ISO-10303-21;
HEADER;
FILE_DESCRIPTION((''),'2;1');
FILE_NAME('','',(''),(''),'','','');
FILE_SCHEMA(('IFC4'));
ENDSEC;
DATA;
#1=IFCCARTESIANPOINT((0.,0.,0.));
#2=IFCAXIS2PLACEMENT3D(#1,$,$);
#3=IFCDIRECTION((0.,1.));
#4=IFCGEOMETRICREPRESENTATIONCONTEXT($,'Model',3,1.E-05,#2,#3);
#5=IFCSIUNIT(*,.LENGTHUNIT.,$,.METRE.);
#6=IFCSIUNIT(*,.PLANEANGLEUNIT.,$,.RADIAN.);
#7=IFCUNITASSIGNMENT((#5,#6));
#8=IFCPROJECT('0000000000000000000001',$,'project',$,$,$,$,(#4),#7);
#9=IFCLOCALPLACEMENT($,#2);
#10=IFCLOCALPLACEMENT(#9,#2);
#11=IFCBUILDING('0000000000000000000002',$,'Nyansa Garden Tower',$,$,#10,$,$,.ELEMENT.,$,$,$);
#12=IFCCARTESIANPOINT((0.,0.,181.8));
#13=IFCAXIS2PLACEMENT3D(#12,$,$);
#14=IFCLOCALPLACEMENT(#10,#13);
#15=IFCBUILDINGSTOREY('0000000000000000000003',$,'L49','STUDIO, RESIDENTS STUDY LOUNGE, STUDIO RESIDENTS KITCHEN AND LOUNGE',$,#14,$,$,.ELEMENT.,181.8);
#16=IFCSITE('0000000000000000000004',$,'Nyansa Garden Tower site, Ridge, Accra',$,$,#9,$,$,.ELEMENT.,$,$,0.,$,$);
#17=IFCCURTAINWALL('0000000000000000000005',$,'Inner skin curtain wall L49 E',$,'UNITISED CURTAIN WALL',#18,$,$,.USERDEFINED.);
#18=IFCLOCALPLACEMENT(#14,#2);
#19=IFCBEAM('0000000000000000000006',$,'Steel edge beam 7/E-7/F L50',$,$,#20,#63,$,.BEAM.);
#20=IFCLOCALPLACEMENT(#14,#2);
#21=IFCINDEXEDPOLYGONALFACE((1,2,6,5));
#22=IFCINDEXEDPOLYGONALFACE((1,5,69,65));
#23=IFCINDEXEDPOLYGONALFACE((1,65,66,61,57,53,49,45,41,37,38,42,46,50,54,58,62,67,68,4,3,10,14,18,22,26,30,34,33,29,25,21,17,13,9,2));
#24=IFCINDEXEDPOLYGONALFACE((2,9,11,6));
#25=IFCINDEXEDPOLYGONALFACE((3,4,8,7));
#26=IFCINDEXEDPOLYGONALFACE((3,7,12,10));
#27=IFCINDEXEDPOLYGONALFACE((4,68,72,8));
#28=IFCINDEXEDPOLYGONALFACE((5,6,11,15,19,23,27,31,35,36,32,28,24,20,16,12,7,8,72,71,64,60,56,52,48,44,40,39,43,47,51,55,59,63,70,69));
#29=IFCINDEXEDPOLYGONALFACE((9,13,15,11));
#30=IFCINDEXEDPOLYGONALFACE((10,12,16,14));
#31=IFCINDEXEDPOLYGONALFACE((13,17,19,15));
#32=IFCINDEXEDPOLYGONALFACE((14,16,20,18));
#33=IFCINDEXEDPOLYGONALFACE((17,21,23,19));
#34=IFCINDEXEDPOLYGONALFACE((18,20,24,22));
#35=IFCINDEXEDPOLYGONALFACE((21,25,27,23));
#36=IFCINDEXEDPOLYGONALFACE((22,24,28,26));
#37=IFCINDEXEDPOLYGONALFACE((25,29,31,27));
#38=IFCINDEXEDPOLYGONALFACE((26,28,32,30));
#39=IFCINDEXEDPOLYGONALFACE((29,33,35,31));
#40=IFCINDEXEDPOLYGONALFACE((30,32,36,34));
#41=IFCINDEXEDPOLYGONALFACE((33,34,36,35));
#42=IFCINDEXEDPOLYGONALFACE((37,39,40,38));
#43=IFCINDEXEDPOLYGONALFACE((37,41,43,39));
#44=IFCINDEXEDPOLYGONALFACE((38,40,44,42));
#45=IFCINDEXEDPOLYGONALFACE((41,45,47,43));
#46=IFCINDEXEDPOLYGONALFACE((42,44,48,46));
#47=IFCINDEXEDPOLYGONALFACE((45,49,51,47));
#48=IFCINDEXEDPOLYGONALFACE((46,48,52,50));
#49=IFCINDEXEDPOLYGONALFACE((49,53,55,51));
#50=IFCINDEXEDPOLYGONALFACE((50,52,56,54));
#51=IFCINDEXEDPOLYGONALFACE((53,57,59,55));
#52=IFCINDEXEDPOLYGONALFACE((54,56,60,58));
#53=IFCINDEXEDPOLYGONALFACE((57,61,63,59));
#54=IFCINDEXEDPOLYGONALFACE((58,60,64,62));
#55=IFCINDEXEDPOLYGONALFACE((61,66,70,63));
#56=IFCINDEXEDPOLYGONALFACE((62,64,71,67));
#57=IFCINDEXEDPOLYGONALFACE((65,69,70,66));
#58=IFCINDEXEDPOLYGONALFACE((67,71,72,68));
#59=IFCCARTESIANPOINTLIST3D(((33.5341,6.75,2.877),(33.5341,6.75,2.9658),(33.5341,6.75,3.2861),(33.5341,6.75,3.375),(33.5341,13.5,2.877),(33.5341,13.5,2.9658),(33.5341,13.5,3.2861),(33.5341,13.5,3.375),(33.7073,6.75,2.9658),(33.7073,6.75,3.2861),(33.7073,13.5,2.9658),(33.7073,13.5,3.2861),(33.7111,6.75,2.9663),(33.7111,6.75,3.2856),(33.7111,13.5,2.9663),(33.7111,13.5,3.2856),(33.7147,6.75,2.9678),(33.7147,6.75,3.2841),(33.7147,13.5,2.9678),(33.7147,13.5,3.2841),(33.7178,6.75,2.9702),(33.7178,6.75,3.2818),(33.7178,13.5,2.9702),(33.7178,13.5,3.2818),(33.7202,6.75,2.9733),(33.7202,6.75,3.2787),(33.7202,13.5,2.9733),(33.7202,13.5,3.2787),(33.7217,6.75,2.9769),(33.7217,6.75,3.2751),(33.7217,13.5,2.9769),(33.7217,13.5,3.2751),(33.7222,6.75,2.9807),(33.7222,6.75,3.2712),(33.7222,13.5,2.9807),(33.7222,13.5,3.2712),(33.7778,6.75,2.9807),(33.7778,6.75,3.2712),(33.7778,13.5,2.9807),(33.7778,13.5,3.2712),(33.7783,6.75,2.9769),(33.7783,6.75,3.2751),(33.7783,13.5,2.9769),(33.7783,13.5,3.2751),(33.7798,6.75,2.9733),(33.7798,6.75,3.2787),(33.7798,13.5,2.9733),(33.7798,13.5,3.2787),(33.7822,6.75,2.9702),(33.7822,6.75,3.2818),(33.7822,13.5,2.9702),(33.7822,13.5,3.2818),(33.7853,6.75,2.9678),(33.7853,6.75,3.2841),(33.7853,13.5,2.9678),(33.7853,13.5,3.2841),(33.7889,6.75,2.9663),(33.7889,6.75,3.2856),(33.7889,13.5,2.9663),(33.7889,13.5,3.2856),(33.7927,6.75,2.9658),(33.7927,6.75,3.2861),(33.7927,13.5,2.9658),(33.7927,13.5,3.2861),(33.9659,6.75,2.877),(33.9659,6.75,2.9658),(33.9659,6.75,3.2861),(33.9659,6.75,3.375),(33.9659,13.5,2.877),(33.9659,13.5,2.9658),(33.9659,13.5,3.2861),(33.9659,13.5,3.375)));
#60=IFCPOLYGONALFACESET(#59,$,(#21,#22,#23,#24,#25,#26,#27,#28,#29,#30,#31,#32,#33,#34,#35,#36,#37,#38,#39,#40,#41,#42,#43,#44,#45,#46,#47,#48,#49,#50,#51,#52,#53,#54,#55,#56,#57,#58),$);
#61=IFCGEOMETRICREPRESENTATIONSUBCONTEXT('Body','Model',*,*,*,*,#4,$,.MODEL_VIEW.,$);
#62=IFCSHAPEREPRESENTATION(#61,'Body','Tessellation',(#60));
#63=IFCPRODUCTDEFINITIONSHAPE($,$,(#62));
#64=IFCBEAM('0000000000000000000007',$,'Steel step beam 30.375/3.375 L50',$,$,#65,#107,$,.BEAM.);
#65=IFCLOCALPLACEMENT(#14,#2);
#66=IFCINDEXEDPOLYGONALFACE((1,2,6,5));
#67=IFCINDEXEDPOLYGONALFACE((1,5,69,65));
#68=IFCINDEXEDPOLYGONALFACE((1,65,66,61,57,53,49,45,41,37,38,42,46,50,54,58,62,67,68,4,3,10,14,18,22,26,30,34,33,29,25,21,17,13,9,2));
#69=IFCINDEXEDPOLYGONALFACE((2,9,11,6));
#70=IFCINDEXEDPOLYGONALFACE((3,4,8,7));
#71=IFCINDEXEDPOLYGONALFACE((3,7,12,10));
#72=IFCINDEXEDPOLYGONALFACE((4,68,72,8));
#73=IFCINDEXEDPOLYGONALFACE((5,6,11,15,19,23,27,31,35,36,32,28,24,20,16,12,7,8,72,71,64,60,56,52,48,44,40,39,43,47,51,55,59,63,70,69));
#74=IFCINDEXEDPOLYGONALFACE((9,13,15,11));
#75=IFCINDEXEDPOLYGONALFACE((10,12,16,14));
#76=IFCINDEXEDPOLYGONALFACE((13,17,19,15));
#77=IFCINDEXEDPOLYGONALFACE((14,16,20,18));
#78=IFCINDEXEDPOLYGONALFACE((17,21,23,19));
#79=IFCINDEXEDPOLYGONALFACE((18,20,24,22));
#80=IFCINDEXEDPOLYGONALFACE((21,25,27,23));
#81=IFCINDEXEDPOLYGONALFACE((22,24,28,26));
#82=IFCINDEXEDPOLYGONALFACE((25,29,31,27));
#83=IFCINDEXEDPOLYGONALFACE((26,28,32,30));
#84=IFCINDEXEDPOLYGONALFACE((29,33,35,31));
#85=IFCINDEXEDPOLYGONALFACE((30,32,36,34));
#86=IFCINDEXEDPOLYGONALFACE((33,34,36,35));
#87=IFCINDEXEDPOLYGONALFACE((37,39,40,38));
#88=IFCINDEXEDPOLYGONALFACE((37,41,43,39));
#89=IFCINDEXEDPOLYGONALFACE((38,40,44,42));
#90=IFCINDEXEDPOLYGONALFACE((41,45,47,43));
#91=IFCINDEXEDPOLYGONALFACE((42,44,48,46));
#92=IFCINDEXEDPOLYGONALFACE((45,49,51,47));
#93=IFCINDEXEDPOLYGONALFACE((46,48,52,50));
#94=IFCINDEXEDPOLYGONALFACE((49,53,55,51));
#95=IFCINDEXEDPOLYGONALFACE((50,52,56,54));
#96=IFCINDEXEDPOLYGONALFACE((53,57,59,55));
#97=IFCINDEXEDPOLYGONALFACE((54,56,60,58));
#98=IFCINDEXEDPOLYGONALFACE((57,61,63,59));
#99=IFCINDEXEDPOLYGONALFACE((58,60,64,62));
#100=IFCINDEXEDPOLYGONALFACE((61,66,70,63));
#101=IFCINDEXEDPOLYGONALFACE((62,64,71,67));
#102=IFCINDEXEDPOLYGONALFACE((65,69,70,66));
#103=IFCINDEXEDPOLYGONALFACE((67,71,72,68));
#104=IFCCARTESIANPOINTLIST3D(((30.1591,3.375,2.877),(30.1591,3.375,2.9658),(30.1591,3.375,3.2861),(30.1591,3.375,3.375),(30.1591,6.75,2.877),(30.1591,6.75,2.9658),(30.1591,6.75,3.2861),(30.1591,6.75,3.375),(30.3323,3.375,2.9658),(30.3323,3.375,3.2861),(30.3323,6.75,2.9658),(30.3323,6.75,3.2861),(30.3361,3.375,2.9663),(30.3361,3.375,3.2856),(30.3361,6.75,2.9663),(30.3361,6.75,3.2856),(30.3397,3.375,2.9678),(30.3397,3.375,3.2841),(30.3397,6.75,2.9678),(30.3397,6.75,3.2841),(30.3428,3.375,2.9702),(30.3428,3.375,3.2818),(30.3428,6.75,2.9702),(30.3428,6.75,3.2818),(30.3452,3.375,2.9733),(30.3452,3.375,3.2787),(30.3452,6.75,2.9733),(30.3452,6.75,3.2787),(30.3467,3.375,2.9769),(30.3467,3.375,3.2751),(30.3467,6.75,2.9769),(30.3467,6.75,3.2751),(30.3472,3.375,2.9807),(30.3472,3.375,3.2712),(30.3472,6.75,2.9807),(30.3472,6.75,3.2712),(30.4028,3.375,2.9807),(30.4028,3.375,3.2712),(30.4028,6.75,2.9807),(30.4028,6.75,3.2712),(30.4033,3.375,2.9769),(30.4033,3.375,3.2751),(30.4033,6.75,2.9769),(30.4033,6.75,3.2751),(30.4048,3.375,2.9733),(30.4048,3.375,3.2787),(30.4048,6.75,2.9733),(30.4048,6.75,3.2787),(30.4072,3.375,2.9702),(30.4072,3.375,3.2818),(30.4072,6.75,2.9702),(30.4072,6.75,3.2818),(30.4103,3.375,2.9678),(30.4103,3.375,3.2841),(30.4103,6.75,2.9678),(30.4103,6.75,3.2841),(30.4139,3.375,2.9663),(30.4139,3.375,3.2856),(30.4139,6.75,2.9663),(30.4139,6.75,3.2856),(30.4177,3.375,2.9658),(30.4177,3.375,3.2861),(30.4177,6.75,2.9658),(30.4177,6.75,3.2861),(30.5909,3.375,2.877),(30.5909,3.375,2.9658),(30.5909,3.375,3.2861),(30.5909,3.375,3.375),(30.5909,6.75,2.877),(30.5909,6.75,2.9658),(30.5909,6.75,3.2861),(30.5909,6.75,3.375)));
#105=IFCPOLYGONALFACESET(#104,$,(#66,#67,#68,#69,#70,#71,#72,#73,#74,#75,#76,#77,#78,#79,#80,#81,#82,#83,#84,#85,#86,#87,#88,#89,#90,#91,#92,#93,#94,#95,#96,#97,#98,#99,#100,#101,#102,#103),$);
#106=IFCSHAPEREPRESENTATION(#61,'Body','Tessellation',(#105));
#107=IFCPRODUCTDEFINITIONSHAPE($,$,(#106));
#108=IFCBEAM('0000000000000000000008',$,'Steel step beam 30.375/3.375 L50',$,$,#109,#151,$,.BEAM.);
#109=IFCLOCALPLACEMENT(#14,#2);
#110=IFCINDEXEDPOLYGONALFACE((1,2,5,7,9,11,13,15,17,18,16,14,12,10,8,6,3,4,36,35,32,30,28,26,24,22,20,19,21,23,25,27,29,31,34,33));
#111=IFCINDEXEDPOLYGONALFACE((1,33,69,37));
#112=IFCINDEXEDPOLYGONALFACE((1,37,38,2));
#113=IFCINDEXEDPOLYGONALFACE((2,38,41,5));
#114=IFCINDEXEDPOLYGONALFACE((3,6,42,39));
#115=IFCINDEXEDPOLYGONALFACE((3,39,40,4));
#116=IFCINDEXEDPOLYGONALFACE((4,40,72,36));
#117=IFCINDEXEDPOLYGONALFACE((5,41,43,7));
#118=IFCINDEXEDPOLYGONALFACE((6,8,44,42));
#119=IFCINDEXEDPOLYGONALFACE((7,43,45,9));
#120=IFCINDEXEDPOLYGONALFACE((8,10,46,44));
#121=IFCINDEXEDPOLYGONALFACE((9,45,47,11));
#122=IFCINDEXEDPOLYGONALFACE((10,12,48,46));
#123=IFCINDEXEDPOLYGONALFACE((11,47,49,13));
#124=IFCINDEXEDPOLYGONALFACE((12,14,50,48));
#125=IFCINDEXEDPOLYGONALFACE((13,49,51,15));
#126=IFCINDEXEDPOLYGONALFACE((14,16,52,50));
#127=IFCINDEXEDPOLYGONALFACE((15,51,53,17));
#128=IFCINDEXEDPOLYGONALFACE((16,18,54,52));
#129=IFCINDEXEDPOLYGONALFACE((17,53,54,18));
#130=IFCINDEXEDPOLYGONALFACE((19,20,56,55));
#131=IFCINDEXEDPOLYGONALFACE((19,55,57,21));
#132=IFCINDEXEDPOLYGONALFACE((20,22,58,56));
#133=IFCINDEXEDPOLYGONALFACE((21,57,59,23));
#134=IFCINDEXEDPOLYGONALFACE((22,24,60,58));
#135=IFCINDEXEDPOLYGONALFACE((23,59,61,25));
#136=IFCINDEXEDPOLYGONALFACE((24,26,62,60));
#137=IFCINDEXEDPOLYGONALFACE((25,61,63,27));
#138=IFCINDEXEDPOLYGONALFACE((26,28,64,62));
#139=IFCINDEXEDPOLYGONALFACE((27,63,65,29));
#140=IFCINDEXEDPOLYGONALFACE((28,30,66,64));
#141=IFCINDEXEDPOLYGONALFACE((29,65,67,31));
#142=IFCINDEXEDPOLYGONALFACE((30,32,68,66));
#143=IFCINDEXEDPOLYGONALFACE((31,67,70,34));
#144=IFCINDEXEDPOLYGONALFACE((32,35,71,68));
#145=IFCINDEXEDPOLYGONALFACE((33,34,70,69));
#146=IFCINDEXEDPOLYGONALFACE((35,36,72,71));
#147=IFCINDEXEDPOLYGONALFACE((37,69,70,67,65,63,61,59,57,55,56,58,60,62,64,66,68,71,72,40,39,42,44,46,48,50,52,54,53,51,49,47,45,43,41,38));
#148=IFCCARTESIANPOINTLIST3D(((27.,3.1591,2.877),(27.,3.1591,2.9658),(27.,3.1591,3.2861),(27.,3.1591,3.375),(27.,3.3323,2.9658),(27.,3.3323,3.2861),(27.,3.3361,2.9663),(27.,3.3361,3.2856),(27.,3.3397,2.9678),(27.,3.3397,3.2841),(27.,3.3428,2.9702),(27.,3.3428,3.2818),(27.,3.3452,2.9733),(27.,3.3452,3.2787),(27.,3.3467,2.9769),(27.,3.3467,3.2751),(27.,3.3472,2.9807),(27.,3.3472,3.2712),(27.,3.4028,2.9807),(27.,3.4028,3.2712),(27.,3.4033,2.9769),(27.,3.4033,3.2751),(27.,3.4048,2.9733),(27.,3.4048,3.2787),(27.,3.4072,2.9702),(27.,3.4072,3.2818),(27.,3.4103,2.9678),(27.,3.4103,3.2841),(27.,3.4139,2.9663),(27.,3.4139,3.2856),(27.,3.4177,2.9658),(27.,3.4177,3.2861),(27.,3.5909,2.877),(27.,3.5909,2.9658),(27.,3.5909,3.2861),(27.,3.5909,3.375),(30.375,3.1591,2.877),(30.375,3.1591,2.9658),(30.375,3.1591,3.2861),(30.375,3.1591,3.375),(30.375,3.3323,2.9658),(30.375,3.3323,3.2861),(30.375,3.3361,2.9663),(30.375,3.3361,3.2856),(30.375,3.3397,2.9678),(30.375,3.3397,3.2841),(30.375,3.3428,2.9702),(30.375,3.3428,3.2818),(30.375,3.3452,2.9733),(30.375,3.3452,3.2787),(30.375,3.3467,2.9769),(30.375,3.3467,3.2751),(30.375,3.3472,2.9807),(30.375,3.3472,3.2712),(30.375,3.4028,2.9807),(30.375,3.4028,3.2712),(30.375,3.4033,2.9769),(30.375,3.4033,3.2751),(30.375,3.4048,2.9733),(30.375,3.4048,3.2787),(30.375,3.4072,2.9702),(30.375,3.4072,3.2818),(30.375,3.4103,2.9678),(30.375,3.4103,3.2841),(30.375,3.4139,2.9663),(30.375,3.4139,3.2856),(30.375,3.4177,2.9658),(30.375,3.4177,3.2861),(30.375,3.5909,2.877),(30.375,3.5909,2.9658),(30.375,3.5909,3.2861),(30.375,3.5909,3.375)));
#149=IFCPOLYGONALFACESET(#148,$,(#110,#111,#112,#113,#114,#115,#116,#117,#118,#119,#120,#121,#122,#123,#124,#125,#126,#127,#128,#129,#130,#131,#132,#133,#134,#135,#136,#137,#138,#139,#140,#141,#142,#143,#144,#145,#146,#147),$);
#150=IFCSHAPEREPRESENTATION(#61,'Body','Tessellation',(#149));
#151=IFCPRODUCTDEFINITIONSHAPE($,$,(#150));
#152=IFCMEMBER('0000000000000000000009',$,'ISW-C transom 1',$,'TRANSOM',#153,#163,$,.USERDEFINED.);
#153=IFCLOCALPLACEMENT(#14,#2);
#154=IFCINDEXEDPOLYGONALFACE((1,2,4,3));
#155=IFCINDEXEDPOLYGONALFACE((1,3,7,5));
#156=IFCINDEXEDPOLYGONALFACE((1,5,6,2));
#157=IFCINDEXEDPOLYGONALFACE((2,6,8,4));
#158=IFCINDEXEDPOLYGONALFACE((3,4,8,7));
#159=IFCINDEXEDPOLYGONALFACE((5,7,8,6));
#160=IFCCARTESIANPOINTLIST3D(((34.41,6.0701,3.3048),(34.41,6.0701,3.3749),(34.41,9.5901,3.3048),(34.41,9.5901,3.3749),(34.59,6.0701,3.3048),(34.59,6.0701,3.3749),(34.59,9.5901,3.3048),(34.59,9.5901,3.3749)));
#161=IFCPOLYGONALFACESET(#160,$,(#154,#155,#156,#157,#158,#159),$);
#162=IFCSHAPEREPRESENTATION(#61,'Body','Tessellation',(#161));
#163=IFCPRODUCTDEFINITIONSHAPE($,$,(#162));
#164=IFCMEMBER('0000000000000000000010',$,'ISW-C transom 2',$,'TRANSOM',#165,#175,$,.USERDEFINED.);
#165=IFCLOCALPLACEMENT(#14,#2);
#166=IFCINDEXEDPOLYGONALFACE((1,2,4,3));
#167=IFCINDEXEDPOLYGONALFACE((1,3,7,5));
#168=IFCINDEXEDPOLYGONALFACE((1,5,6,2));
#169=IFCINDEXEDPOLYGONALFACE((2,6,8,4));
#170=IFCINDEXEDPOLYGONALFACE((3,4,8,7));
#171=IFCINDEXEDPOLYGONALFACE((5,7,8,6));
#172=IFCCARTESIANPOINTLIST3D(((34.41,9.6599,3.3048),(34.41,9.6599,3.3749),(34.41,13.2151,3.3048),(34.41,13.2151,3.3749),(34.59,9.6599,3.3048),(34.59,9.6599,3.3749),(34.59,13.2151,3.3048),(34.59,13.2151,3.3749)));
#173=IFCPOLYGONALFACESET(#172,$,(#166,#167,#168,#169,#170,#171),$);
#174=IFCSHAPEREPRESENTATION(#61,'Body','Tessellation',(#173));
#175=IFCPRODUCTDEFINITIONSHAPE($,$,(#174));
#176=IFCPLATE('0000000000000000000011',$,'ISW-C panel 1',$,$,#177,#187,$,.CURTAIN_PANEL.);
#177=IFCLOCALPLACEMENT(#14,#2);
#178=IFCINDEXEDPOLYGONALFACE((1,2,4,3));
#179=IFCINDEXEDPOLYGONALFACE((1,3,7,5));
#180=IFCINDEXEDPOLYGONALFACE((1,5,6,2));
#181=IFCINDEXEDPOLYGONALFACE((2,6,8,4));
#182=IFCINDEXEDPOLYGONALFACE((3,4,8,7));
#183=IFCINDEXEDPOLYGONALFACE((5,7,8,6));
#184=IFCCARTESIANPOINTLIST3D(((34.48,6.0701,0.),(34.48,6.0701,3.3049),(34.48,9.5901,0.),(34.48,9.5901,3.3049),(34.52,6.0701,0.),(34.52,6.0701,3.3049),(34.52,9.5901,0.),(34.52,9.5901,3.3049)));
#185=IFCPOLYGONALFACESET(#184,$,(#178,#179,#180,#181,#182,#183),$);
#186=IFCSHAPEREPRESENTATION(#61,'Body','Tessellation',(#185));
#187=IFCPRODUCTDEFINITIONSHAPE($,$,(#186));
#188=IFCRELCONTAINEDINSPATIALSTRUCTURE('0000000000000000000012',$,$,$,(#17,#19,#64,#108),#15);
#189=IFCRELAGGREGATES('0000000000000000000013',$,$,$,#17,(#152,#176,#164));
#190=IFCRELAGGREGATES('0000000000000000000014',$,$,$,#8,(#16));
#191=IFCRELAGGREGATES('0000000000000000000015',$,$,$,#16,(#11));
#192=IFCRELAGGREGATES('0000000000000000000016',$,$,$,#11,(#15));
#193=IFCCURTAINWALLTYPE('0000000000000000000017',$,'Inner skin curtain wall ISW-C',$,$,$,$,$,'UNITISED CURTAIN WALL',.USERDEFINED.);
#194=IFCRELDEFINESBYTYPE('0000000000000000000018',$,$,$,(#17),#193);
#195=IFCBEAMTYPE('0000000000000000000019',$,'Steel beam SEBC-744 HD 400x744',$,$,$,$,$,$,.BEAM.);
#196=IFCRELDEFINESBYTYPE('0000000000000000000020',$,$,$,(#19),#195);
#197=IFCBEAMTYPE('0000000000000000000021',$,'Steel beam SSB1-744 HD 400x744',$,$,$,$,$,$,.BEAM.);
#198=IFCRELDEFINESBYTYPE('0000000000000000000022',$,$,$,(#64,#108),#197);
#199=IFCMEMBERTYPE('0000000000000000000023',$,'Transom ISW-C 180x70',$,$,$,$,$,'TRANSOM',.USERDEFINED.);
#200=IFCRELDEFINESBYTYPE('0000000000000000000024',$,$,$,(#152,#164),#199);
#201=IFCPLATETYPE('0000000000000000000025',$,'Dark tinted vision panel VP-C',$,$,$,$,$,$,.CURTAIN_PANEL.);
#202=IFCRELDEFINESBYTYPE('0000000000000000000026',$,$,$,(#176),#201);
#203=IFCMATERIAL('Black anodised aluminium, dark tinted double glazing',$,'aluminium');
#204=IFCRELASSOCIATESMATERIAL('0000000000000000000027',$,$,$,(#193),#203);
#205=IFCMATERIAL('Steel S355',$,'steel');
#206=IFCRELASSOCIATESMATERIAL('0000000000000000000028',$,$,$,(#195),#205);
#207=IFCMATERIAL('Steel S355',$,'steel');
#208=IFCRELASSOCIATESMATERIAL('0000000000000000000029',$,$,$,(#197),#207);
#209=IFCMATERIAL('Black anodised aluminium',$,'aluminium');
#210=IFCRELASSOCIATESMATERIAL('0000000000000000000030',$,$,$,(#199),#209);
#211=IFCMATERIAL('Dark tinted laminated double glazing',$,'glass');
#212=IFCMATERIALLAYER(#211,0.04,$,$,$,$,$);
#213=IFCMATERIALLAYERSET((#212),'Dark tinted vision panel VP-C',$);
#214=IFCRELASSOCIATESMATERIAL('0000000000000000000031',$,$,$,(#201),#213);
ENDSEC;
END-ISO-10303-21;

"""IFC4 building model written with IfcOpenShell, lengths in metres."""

from ifc_helpers import new_model, si_unit, direction, frame, origin, origin_2d, place, context, subcontext, project, spatial, rectangle, i_section, extrude, material, layer, layer_set, material_profile, profile_set, type_object, element, aggregate, save


model = new_model("IFC4")

# Units and contexts
model_context = context("Model", 3, precision=1e-05, world=origin(), true_north=direction((0.0, 1.0)))
body_context = subcontext(model_context, "Body", "Model", "MODEL_VIEW")
ifc_project = project(units=[si_unit("LENGTHUNIT", "METRE"), si_unit("PLANEANGLEUNIT", "RADIAN")], contexts=[model_context])

# Site, building, storey
site_placement = place(None, origin())
site = spatial("IfcSite", under=ifc_project, at=site_placement, Name="Nyansa Garden Tower site, Ridge, Accra", CompositionType="ELEMENT", RefElevation=0.0)
building_placement = place(site_placement, origin())
building = spatial("IfcBuilding", under=site, at=building_placement, Name="Nyansa Garden Tower", CompositionType="ELEMENT")
storey_placement = place(building_placement, frame((0.0, 0.0, 181.8)))
storey = spatial("IfcBuildingStorey", under=building, at=storey_placement, Name="L49", Description="STUDIO, RESIDENTS STUDY LOUNGE, STUDIO RESIDENTS KITCHEN AND LOUNGE", CompositionType="ELEMENT", Elevation=181.8)

# Curtain wall
ifc_material_1 = material(Name="Black anodised aluminium, dark tinted double glazing", Category="aluminium")
curtain_wall_type = type_object("IfcCurtainWallType", Name="Inner skin curtain wall ISW-C", ElementType="UNITISED CURTAIN WALL", PredefinedType="USERDEFINED", material=ifc_material_1)
curtain_wall_1_placement = place(storey_placement, origin())
curtain_wall_1 = element("IfcCurtainWall", 1, at=curtain_wall_1_placement, inside=storey, type_object=curtain_wall_type, Name="Inner skin curtain wall L49 E", ObjectType="UNITISED CURTAIN WALL", PredefinedType="USERDEFINED")

# Beams
ifc_material_2 = material(Name="Steel S355", Category="steel")
ifc_material_profile_1 = material_profile(ifc_material_2, i_section(OverallWidth=0.4319, OverallDepth=0.498, WebThickness=0.0557, FlangeThickness=0.0889, FilletRadius=0.0149, at=origin_2d()), Name="HD 400x744")
ifc_profile_set_1 = profile_set([ifc_material_profile_1], Name="Steel S355")
beam_type_1 = type_object("IfcBeamType", Name="Steel beam SEBC-744 HD 400x744", PredefinedType="BEAM", material=ifc_profile_set_1)
beam_1_placement = place(storey_placement, frame((33.75, 6.75, 3.126), z_axis=(0.0, 1.0, 0.0), x_axis=(-1.0, 0.0, 0.0)))
element("IfcBeam", 2, at=beam_1_placement, inside=storey, type_object=beam_type_1, Name="Steel edge beam 7/E-7/F L50", PredefinedType="BEAM", context=body_context, shape_type="SweptSolid", body=[
    extrude(i_section(OverallWidth=0.4319, OverallDepth=0.498, WebThickness=0.0557, FlangeThickness=0.0889, FilletRadius=0.0149, at=origin_2d()), origin(), (0.0, 0.0, 1.0), 6.75),
])
ifc_material_3 = material(Name="Steel S355", Category="steel")
ifc_material_profile_2 = material_profile(ifc_material_3, i_section(OverallWidth=0.4319, OverallDepth=0.498, WebThickness=0.0557, FlangeThickness=0.0889, FilletRadius=0.0149, at=origin_2d()), Name="HD 400x744")
ifc_profile_set_2 = profile_set([ifc_material_profile_2], Name="Steel S355")
beam_type_2 = type_object("IfcBeamType", Name="Steel beam SSB1-744 HD 400x744", PredefinedType="BEAM", material=ifc_profile_set_2)
for number, where, z_axis, x_axis, name in (
    (3, (30.375, 3.375, 3.126), (0.0, 1.0, 0.0), (-1.0, 0.0, 0.0), "Steel step beam 30.375/3.375 L50"),
    (4, (30.375, 3.375, 3.126), (-1.0, 0.0, 0.0), (0.0, -1.0, 0.0), "Steel step beam 30.375/3.375 L50"),
):
    element("IfcBeam", number, at=place(storey_placement, frame(where, z_axis=z_axis, x_axis=x_axis)), inside=storey, type_object=beam_type_2, Name=name, PredefinedType="BEAM", context=body_context, shape_type="SweptSolid", body=[
        extrude(i_section(OverallWidth=0.4319, OverallDepth=0.498, WebThickness=0.0557, FlangeThickness=0.0889, FilletRadius=0.0149, at=origin_2d()), origin(), (0.0, 0.0, 1.0), 3.375),
    ])

# Members
ifc_material_4 = material(Name="Black anodised aluminium", Category="aluminium")
ifc_material_profile_3 = material_profile(ifc_material_4, rectangle(XDim=0.1799, YDim=0.0701, at=origin_2d()), Name="Transom 180x70")
ifc_profile_set_3 = profile_set([ifc_material_profile_3], Name="Black anodised aluminium")
member_type_1 = type_object("IfcMemberType", Name="Transom ISW-C 180x70", ElementType="TRANSOM", PredefinedType="USERDEFINED", material=ifc_profile_set_3)
member_1_placement = place(storey_placement, frame((34.5, 6.0701, 3.3398), z_axis=(0.0, 1.0, 0.0), x_axis=(-1.0, 0.0, 0.0)))
member_1 = element("IfcMember", 5, at=member_1_placement, type_object=member_type_1, Name="ISW-C transom 1", ObjectType="TRANSOM", PredefinedType="USERDEFINED", context=body_context, shape_type="SweptSolid", body=[
    extrude(rectangle(XDim=0.1799, YDim=0.0701, at=origin_2d()), origin(), (0.0, 0.0, 1.0), 3.52),
])
member_2_placement = place(storey_placement, frame((34.5, 9.6599, 3.3398), z_axis=(0.0, 1.0, 0.0), x_axis=(-1.0, 0.0, 0.0)))
member_2 = element("IfcMember", 6, at=member_2_placement, type_object=member_type_1, Name="ISW-C transom 2", ObjectType="TRANSOM", PredefinedType="USERDEFINED", context=body_context, shape_type="SweptSolid", body=[
    extrude(rectangle(XDim=0.1799, YDim=0.0701, at=origin_2d()), origin(), (0.0, 0.0, 1.0), 3.5552),
])

# Plate
ifc_material_5 = material(Name="Dark tinted laminated double glazing", Category="glass")
ifc_layer_1 = layer(ifc_material_5, 0.04)
ifc_layer_set_1 = layer_set([ifc_layer_1], Name="Dark tinted vision panel VP-C")
plate_type = type_object("IfcPlateType", Name="Dark tinted vision panel VP-C", PredefinedType="CURTAIN_PANEL", material=ifc_layer_set_1)
plate_placement = place(storey_placement, frame((34.5, 7.8301, 0.0), z_axis=(0.0, 0.0, 1.0), x_axis=(0.0, 1.0, 0.0)))
plate = element("IfcPlate", 7, at=plate_placement, type_object=plate_type, Name="ISW-C panel 1", PredefinedType="CURTAIN_PANEL", context=body_context, shape_type="SweptSolid", body=[
    extrude(rectangle(XDim=3.52, YDim=0.04, at=origin_2d()), origin(), (0.0, 0.0, 1.0), 3.3049),
])
aggregate(curtain_wall_1, [member_1, plate, member_2])

save(model, "model.ifc")
